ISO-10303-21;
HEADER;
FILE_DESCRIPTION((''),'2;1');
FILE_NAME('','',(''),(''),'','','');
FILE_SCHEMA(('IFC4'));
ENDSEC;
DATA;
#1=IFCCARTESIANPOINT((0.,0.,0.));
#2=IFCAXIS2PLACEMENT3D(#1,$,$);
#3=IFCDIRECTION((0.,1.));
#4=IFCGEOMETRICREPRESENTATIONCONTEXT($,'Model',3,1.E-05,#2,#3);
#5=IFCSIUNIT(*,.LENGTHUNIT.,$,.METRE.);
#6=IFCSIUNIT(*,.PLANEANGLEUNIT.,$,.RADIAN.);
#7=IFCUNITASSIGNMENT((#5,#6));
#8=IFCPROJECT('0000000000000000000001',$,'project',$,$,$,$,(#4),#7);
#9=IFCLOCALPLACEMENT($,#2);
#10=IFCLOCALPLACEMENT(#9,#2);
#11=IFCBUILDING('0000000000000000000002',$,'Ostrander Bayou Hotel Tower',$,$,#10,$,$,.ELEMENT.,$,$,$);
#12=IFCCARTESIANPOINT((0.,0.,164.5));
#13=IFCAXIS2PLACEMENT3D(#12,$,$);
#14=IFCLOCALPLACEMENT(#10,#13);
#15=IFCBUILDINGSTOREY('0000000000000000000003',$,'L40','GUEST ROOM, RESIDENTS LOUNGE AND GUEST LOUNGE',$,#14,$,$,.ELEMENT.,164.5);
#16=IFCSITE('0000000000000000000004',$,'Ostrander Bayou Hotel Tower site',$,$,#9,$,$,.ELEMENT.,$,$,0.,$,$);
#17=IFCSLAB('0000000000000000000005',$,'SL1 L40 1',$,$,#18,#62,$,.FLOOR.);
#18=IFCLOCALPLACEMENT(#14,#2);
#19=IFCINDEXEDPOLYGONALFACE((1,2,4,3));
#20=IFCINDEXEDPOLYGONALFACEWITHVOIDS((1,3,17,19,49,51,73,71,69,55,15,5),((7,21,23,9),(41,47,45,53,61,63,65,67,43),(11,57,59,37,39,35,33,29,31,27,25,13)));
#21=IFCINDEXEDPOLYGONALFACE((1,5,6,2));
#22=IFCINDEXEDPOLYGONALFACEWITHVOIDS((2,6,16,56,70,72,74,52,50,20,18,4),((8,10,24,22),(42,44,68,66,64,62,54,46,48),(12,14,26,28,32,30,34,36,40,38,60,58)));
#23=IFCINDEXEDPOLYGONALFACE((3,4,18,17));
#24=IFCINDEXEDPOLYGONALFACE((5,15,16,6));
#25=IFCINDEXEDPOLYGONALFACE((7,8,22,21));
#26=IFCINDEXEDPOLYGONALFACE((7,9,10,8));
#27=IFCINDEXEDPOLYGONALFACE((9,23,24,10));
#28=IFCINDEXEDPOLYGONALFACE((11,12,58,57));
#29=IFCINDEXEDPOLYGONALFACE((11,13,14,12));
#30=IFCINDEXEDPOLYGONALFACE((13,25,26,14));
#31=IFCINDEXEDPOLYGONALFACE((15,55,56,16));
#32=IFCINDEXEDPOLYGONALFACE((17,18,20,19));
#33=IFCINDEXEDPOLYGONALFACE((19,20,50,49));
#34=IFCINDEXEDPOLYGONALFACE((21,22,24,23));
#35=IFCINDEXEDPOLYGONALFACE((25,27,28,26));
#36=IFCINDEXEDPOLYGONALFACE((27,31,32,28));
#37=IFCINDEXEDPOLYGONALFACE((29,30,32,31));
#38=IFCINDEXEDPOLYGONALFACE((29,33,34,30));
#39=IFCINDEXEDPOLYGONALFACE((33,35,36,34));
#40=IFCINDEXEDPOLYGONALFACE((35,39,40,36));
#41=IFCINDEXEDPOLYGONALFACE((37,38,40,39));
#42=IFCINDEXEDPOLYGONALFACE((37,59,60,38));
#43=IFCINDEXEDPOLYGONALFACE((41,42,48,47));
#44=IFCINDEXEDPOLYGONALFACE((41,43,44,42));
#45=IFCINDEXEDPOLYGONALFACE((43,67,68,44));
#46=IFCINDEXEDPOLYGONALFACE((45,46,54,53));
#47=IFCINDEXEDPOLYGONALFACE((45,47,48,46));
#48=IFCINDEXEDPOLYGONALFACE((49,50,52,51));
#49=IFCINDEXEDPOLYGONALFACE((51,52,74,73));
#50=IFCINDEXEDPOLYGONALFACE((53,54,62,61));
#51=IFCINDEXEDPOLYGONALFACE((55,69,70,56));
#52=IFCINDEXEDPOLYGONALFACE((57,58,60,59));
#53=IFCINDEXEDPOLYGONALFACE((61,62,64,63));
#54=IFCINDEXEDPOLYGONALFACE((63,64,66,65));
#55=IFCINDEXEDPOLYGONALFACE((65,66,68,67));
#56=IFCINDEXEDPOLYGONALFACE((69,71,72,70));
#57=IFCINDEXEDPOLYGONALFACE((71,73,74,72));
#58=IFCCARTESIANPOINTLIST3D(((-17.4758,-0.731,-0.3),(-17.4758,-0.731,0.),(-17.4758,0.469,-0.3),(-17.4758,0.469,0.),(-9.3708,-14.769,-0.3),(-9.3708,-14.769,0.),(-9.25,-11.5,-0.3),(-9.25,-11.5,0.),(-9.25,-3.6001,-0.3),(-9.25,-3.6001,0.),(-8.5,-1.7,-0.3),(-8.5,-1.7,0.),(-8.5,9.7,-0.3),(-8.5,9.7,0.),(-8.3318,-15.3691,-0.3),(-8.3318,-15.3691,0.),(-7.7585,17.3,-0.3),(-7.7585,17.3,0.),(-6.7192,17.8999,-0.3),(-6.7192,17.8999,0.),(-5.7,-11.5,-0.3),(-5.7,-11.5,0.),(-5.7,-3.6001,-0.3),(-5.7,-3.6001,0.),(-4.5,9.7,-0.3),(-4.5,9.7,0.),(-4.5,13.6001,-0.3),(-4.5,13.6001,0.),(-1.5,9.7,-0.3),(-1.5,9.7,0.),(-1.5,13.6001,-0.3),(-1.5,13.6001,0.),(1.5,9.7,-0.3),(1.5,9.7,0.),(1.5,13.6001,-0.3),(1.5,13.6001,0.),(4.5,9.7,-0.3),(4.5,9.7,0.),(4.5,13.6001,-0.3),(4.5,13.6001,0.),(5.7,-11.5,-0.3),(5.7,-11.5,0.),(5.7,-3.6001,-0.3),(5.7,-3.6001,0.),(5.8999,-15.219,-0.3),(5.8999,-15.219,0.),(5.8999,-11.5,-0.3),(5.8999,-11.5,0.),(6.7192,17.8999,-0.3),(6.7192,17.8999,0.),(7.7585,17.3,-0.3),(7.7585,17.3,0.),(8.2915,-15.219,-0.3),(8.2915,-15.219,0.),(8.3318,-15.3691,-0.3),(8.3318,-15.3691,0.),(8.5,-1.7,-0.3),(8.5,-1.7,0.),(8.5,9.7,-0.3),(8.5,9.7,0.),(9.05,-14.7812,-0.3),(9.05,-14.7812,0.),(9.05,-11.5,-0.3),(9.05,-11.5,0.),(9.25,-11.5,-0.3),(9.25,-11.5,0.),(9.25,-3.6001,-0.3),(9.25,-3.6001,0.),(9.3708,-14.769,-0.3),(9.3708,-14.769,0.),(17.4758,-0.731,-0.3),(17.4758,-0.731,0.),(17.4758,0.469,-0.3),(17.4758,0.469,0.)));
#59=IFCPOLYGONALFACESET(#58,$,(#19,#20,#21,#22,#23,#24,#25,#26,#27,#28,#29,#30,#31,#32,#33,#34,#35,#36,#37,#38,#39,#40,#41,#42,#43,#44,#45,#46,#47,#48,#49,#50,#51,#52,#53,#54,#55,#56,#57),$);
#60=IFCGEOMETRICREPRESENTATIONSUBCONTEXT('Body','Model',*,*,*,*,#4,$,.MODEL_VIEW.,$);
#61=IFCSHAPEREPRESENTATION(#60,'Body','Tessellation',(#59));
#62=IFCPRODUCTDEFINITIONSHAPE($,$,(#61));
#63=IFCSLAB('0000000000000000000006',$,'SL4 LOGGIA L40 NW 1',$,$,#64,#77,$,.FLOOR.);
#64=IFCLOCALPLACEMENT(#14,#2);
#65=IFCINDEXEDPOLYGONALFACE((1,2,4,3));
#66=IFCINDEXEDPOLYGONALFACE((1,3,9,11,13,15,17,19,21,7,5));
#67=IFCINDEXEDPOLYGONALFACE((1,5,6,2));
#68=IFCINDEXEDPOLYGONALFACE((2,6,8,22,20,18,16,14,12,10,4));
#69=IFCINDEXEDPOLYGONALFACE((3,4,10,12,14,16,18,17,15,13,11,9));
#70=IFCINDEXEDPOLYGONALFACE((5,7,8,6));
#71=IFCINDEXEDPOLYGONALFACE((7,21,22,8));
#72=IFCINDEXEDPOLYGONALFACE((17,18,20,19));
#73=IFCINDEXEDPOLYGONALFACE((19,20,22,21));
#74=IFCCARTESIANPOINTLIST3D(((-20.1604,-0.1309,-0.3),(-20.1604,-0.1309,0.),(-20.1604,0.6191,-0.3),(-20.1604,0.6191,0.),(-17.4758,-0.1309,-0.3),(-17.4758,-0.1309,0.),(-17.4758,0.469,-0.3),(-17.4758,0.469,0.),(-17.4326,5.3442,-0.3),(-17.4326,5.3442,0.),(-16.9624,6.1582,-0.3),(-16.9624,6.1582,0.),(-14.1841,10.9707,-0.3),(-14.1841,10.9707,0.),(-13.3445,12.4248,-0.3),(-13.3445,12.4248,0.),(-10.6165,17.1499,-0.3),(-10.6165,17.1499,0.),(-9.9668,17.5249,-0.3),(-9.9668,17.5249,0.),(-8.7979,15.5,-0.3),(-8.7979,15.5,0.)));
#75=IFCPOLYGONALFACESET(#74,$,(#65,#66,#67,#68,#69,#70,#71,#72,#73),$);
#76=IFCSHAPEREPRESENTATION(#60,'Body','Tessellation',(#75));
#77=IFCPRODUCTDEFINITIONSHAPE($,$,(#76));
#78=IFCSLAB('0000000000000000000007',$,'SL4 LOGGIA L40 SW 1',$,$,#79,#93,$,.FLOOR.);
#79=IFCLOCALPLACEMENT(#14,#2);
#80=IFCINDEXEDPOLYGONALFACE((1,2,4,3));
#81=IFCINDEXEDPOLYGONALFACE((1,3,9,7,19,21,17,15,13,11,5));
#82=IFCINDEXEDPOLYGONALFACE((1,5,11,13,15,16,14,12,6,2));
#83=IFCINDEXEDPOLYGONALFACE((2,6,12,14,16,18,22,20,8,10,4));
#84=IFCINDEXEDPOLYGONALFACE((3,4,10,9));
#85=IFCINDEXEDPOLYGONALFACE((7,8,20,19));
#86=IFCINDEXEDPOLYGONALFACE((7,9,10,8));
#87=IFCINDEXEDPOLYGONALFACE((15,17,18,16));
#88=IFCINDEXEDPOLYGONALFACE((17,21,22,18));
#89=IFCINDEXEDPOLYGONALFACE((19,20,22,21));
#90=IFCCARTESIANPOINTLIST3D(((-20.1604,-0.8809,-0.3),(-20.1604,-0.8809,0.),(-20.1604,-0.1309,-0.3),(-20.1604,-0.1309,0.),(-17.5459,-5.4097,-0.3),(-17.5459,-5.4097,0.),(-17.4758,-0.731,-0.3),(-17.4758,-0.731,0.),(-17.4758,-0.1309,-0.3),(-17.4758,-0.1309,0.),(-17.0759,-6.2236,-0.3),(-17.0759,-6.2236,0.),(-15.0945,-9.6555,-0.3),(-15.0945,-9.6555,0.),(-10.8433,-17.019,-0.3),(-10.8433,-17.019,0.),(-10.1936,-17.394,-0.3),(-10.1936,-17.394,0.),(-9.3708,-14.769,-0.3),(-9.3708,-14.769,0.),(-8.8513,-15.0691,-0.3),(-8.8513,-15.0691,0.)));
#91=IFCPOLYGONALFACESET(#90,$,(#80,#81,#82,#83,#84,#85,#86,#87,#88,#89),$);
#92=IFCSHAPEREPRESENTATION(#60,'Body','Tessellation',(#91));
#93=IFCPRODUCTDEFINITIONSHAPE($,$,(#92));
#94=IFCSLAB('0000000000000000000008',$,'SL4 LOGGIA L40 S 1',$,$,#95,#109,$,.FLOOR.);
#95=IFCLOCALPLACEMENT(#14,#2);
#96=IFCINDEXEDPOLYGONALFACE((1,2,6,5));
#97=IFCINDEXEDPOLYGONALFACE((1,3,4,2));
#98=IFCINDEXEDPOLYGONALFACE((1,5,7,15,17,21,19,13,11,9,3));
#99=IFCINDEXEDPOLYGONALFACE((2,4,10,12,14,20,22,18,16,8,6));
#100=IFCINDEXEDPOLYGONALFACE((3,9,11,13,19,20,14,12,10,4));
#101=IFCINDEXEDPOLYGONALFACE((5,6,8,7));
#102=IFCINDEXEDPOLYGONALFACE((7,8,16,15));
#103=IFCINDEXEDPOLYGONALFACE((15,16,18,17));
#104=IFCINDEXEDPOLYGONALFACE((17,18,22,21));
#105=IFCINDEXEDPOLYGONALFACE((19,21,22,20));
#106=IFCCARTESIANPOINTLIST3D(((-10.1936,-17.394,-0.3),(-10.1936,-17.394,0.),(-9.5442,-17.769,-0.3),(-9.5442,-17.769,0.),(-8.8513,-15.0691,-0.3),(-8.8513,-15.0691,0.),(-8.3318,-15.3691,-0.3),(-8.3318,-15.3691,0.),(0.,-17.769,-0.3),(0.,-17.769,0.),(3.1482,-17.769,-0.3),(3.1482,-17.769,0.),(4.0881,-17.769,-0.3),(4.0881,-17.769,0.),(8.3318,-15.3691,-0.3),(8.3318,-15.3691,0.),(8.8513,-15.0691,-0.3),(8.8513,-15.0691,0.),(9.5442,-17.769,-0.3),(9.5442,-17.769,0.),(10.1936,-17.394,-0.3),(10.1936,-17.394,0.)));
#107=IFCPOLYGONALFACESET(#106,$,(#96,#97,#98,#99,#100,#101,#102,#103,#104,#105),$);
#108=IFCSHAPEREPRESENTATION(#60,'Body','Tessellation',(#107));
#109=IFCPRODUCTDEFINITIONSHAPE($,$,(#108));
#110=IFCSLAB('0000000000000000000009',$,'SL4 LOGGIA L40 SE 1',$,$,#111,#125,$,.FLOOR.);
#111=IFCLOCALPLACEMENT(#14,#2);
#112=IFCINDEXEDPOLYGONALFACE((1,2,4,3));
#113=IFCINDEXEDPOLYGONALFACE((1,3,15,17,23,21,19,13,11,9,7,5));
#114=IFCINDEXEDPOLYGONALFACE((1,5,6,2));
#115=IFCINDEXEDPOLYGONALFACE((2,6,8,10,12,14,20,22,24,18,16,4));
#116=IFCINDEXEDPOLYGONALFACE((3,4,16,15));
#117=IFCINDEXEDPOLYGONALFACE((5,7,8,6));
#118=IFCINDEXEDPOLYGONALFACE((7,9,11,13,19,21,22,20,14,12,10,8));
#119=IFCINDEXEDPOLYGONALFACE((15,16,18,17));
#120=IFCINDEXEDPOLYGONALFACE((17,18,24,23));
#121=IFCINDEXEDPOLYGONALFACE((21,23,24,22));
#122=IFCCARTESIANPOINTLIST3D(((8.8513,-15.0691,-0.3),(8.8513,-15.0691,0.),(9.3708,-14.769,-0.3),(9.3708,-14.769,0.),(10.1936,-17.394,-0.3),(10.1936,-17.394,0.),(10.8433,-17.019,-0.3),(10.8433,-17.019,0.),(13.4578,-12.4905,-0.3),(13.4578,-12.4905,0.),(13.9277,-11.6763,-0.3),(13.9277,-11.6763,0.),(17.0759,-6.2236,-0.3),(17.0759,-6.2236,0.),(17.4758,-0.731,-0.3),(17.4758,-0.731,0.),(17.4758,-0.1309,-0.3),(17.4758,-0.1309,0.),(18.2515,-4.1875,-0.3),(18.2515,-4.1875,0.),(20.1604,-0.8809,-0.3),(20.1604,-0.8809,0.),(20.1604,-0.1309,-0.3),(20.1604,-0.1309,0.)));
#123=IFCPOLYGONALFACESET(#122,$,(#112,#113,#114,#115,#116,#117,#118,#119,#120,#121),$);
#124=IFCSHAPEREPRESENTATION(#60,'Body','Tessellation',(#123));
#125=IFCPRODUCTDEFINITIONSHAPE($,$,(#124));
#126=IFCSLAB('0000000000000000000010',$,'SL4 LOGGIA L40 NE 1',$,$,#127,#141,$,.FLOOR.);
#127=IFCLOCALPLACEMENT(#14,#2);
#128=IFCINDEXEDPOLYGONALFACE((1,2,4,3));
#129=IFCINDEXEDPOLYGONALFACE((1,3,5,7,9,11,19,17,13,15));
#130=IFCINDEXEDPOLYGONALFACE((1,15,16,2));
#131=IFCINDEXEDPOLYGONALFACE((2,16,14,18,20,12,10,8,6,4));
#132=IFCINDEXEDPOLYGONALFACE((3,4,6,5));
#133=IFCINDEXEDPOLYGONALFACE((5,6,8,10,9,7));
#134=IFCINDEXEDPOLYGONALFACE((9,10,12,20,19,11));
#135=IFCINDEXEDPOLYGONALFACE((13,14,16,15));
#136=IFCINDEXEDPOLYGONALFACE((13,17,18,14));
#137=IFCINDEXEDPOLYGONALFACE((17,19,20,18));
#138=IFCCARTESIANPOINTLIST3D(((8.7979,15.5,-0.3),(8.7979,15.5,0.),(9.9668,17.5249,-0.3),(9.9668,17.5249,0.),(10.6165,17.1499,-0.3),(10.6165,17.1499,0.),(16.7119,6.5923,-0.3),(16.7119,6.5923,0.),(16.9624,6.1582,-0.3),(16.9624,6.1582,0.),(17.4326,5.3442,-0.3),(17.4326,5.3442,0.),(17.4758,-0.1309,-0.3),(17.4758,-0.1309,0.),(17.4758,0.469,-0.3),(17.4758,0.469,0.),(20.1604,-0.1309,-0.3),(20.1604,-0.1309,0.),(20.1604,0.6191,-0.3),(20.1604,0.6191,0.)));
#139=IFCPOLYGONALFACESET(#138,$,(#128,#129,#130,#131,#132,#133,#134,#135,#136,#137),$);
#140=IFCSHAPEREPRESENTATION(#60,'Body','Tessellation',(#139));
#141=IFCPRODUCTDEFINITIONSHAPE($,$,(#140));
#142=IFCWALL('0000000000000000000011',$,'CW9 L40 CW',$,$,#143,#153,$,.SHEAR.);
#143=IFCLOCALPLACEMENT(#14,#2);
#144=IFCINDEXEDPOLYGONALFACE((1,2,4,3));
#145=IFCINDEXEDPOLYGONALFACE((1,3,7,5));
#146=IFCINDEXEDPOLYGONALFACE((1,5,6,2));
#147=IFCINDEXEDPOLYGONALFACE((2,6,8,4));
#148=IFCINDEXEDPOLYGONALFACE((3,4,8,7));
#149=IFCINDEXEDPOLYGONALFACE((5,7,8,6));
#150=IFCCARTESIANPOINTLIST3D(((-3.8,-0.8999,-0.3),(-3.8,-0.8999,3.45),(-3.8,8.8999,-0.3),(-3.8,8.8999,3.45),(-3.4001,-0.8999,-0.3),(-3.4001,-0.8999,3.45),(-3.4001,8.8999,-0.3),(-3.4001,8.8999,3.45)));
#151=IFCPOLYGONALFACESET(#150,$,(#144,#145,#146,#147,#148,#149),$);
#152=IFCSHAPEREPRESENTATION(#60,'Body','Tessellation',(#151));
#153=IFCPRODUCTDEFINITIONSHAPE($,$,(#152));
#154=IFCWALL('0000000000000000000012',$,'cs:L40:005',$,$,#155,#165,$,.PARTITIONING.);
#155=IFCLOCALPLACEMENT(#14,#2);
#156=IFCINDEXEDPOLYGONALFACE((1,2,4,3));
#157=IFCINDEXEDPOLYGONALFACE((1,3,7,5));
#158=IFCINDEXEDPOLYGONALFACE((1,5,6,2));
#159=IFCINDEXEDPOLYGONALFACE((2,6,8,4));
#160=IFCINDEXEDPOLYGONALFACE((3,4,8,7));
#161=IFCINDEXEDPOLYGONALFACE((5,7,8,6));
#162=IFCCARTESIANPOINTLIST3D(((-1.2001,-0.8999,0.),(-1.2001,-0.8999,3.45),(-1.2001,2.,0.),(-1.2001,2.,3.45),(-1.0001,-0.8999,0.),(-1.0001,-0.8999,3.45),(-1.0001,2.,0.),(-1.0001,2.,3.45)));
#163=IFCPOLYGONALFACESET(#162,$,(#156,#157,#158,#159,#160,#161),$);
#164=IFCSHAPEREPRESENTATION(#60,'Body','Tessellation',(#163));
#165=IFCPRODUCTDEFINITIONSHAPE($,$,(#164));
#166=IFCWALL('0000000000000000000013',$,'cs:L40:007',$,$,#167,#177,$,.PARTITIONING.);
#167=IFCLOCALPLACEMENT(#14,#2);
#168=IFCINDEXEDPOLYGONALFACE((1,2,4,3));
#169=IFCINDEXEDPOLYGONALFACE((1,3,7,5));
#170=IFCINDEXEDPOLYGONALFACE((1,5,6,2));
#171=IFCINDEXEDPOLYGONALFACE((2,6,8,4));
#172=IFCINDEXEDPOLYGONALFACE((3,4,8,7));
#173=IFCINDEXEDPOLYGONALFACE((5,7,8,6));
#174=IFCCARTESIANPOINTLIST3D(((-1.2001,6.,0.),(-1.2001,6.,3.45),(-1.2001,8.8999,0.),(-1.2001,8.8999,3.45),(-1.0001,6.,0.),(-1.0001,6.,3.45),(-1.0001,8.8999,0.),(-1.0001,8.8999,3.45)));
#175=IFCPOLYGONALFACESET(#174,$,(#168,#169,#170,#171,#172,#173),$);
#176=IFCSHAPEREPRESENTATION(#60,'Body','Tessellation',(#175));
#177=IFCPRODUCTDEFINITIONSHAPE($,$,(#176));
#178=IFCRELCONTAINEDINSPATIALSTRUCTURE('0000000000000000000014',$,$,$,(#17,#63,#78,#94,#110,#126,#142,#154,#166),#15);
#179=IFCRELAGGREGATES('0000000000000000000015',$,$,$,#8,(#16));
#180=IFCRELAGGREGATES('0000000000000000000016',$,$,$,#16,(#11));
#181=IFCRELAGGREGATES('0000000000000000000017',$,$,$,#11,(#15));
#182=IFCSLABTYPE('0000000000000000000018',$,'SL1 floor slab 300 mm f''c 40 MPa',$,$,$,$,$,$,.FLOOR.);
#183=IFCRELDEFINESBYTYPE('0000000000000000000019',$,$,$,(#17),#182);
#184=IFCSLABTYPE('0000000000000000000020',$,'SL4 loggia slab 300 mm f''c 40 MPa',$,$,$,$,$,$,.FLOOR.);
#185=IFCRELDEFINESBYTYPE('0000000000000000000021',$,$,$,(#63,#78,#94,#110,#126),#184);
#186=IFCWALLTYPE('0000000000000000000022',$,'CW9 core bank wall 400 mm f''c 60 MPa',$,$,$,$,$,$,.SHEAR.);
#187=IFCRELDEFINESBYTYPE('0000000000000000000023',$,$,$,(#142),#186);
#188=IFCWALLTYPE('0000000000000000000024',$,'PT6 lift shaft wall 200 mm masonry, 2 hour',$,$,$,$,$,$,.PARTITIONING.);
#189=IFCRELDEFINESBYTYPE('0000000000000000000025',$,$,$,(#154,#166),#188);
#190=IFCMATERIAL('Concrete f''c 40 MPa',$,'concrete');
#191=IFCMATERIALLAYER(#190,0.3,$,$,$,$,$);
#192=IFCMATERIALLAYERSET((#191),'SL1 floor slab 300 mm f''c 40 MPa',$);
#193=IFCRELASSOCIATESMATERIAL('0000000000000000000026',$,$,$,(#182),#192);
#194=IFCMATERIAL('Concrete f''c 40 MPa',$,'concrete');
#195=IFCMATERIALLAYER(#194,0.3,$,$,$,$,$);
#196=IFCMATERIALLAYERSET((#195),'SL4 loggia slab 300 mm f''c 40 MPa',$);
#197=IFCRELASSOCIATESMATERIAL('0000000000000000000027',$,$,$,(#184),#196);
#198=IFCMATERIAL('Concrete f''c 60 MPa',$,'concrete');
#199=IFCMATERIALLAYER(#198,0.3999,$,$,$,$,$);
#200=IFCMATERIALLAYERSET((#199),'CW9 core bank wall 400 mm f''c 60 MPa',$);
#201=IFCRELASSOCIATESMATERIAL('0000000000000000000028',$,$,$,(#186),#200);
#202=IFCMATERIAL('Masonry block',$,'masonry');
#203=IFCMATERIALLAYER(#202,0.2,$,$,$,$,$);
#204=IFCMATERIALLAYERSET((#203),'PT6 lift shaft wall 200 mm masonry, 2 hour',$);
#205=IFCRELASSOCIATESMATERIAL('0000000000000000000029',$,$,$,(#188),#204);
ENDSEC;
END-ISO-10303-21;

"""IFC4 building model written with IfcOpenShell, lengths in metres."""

from ifc_helpers import new_model, si_unit, direction, frame, frame_2d, origin, place, context, subcontext, project, spatial, polyline, rectangle, outline, extrude, material, layer, layer_set, type_object, element, save


model = new_model("IFC4")

# Units and contexts
model_context = context("Model", 3, precision=1e-05, world=origin(), true_north=direction((0.0, 1.0)))
body_context = subcontext(model_context, "Body", "Model", "MODEL_VIEW")
ifc_project = project(units=[si_unit("LENGTHUNIT", "METRE"), si_unit("PLANEANGLEUNIT", "RADIAN")], contexts=[model_context])

# Site, building, storey
site_placement = place(None, origin())
site = spatial("IfcSite", under=ifc_project, at=site_placement, Name="Ostrander Bayou Hotel Tower site", CompositionType="ELEMENT", RefElevation=0.0)
building_placement = place(site_placement, origin())
building = spatial("IfcBuilding", under=site, at=building_placement, Name="Ostrander Bayou Hotel Tower", CompositionType="ELEMENT")
storey_placement = place(building_placement, frame((0.0, 0.0, 164.5)))
storey = spatial("IfcBuildingStorey", under=building, at=storey_placement, Name="L40", Description="GUEST ROOM, RESIDENTS LOUNGE AND GUEST LOUNGE", CompositionType="ELEMENT", Elevation=164.5)

# Slabs
ifc_material_1 = material(Name="Concrete f'c 40 MPa", Category="concrete")
ifc_layer_1 = layer(ifc_material_1, 0.3)
ifc_layer_set_1 = layer_set([ifc_layer_1], Name="SL1 floor slab 300 mm f'c 40 MPa")
slab_type_1 = type_object("IfcSlabType", Name="SL1 floor slab 300 mm f'c 40 MPa", PredefinedType="FLOOR", material=ifc_layer_set_1)
slab_1_placement = place(storey_placement, frame((0.0, 0.0, -0.3)))
element("IfcSlab", 1, at=slab_1_placement, inside=storey, type_object=slab_type_1, Name="SL1 L40 1", PredefinedType="FLOOR", context=body_context, shape_type="SweptSolid", body=[
    extrude(outline(polyline([(7.7585, 17.3), (17.4758, 0.469), (17.4758, -0.731), (9.3708, -14.769), (8.3318, -15.3691), (-8.3318, -15.3691), (-9.3708, -14.769), (-17.4758, -0.731), (-17.4758, 0.469), (-7.7585, 17.3), (-6.7192, 17.8999), (6.7192, 17.8999), (7.7585, 17.3)]), holes=[polyline([(9.05, -11.5), (9.25, -11.5), (9.25, -3.6001), (5.7, -3.6001), (5.7, -11.5), (5.8999, -11.5), (5.8999, -15.219), (8.2915, -15.219), (9.05, -14.7812), (9.05, -11.5)]), polyline([(-8.5, -1.7), (8.5, -1.7), (8.5, 9.7), (4.5, 9.7), (4.5, 13.6001), (1.5, 13.6001), (1.5, 9.7), (-1.5, 9.7), (-1.5, 13.6001), (-4.5, 13.6001), (-4.5, 9.7), (-8.5, 9.7), (-8.5, -1.7)]), polyline([(-5.7, -3.6001), (-9.25, -3.6001), (-9.25, -11.5), (-5.7, -11.5), (-5.7, -3.6001)])]), origin(), (0.0, 0.0, 1.0), 0.3),
])
ifc_material_2 = material(Name="Concrete f'c 40 MPa", Category="concrete")
ifc_layer_2 = layer(ifc_material_2, 0.3)
ifc_layer_set_2 = layer_set([ifc_layer_2], Name="SL4 loggia slab 300 mm f'c 40 MPa")
slab_type_2 = type_object("IfcSlabType", Name="SL4 loggia slab 300 mm f'c 40 MPa", PredefinedType="FLOOR", material=ifc_layer_set_2)
slab_2_placement = place(storey_placement, frame((0.0, 0.0, -0.3)))
element("IfcSlab", 2, at=slab_2_placement, inside=storey, type_object=slab_type_2, Name="SL4 LOGGIA L40 NW 1", PredefinedType="FLOOR", context=body_context, shape_type="SweptSolid", body=[
    extrude(outline(polyline([(-20.1604, -0.1309), (-20.1604, 0.6191), (-17.4326, 5.3442), (-16.9624, 6.1582), (-14.1841, 10.9707), (-13.3445, 12.4248), (-10.6165, 17.1499), (-9.9668, 17.5249), (-8.7979, 15.5), (-17.4758, 0.469), (-17.4758, -0.1309), (-20.1604, -0.1309)])), origin(), (0.0, 0.0, 1.0), 0.3),
])
slab_3_placement = place(storey_placement, frame((0.0, 0.0, -0.3)))
element("IfcSlab", 3, at=slab_3_placement, inside=storey, type_object=slab_type_2, Name="SL4 LOGGIA L40 SW 1", PredefinedType="FLOOR", context=body_context, shape_type="SweptSolid", body=[
    extrude(outline(polyline([(-8.8513, -15.0691), (-10.1936, -17.394), (-10.8433, -17.019), (-15.0945, -9.6555), (-17.0759, -6.2236), (-17.5459, -5.4097), (-20.1604, -0.8809), (-20.1604, -0.1309), (-17.4758, -0.1309), (-17.4758, -0.731), (-9.3708, -14.769), (-8.8513, -15.0691)])), origin(), (0.0, 0.0, 1.0), 0.3),
])
slab_4_placement = place(storey_placement, frame((0.0, 0.0, -0.3)))
element("IfcSlab", 4, at=slab_4_placement, inside=storey, type_object=slab_type_2, Name="SL4 LOGGIA L40 S 1", PredefinedType="FLOOR", context=body_context, shape_type="SweptSolid", body=[
    extrude(outline(polyline([(8.8513, -15.0691), (10.1936, -17.394), (9.5442, -17.769), (4.0881, -17.769), (3.1482, -17.769), (0.0, -17.769), (-9.5442, -17.769), (-10.1936, -17.394), (-8.8513, -15.0691), (-8.3318, -15.3691), (8.3318, -15.3691), (8.8513, -15.0691)])), origin(), (0.0, 0.0, 1.0), 0.3),
])
slab_5_placement = place(storey_placement, frame((0.0, 0.0, -0.3)))
element("IfcSlab", 5, at=slab_5_placement, inside=storey, type_object=slab_type_2, Name="SL4 LOGGIA L40 SE 1", PredefinedType="FLOOR", context=body_context, shape_type="SweptSolid", body=[
    extrude(outline(polyline([(17.4758, -0.1309), (20.1604, -0.1309), (20.1604, -0.8809), (18.2515, -4.1875), (17.0759, -6.2236), (13.9277, -11.6763), (13.4578, -12.4905), (10.8433, -17.019), (10.1936, -17.394), (8.8513, -15.0691), (9.3708, -14.769), (17.4758, -0.731), (17.4758, -0.1309)])), origin(), (0.0, 0.0, 1.0), 0.3),
])
slab_6_placement = place(storey_placement, frame((0.0, 0.0, -0.3)))
element("IfcSlab", 6, at=slab_6_placement, inside=storey, type_object=slab_type_2, Name="SL4 LOGGIA L40 NE 1", PredefinedType="FLOOR", context=body_context, shape_type="SweptSolid", body=[
    extrude(outline(polyline([(9.9668, 17.5249), (10.6165, 17.1499), (16.7119, 6.5923), (16.9624, 6.1582), (17.4326, 5.3442), (20.1604, 0.6191), (20.1604, -0.1309), (17.4758, -0.1309), (17.4758, 0.469), (8.7979, 15.5), (9.9668, 17.5249)])), origin(), (0.0, 0.0, 1.0), 0.3),
])

# Wall
ifc_material_3 = material(Name="Concrete f'c 60 MPa", Category="concrete")
ifc_layer_3 = layer(ifc_material_3, 0.3999)
ifc_layer_set_3 = layer_set([ifc_layer_3], Name="CW9 core bank wall 400 mm f'c 60 MPa")
wall_type_1 = type_object("IfcWallType", Name="CW9 core bank wall 400 mm f'c 60 MPa", PredefinedType="SHEAR", material=ifc_layer_set_3)
wall_1_placement = place(storey_placement, frame((-3.6001, -0.8999, -0.3), z_axis=(0.0, 0.0, 1.0), x_axis=(0.0, 1.0, 0.0)))
element("IfcWall", 7, at=wall_1_placement, inside=storey, type_object=wall_type_1, Name="CW9 L40 CW", PredefinedType="SHEAR", context=body_context, shape_type="SweptSolid", body=[
    extrude(rectangle(XDim=9.7998, YDim=0.3999, at=frame_2d((4.8999, 0.0))), origin(), (0.0, 0.0, 1.0), 3.75),
])

# Shared definitions
ifc_material_4 = material(Name="Masonry block", Category="masonry")
ifc_layer_4 = layer(ifc_material_4, 0.2)
ifc_layer_set_4 = layer_set([ifc_layer_4], Name="PT6 lift shaft wall 200 mm masonry, 2 hour")
wall_type_2 = type_object("IfcWallType", Name="PT6 lift shaft wall 200 mm masonry, 2 hour", PredefinedType="PARTITIONING", material=ifc_layer_set_4)

# Walls
for number, where, z_axis, x_axis, name in (
    (8, (-1.1001, -0.8999, 0.0), (0.0, 0.0, 1.0), (0.0, 1.0, 0.0), "cs:L40:005"),
    (9, (-1.1001, 6.0, 0.0), (0.0, 0.0, 1.0), (0.0, 1.0, 0.0), "cs:L40:007"),
):
    element("IfcWall", number, at=place(storey_placement, frame(where, z_axis=z_axis, x_axis=x_axis)), inside=storey, type_object=wall_type_2, Name=name, PredefinedType="PARTITIONING", context=body_context, shape_type="SweptSolid", body=[
        extrude(rectangle(XDim=2.8999, YDim=0.2, at=frame_2d((1.45, 0.0))), origin(), (0.0, 0.0, 1.0), 3.45),
    ])

save(model, "model.ifc")
